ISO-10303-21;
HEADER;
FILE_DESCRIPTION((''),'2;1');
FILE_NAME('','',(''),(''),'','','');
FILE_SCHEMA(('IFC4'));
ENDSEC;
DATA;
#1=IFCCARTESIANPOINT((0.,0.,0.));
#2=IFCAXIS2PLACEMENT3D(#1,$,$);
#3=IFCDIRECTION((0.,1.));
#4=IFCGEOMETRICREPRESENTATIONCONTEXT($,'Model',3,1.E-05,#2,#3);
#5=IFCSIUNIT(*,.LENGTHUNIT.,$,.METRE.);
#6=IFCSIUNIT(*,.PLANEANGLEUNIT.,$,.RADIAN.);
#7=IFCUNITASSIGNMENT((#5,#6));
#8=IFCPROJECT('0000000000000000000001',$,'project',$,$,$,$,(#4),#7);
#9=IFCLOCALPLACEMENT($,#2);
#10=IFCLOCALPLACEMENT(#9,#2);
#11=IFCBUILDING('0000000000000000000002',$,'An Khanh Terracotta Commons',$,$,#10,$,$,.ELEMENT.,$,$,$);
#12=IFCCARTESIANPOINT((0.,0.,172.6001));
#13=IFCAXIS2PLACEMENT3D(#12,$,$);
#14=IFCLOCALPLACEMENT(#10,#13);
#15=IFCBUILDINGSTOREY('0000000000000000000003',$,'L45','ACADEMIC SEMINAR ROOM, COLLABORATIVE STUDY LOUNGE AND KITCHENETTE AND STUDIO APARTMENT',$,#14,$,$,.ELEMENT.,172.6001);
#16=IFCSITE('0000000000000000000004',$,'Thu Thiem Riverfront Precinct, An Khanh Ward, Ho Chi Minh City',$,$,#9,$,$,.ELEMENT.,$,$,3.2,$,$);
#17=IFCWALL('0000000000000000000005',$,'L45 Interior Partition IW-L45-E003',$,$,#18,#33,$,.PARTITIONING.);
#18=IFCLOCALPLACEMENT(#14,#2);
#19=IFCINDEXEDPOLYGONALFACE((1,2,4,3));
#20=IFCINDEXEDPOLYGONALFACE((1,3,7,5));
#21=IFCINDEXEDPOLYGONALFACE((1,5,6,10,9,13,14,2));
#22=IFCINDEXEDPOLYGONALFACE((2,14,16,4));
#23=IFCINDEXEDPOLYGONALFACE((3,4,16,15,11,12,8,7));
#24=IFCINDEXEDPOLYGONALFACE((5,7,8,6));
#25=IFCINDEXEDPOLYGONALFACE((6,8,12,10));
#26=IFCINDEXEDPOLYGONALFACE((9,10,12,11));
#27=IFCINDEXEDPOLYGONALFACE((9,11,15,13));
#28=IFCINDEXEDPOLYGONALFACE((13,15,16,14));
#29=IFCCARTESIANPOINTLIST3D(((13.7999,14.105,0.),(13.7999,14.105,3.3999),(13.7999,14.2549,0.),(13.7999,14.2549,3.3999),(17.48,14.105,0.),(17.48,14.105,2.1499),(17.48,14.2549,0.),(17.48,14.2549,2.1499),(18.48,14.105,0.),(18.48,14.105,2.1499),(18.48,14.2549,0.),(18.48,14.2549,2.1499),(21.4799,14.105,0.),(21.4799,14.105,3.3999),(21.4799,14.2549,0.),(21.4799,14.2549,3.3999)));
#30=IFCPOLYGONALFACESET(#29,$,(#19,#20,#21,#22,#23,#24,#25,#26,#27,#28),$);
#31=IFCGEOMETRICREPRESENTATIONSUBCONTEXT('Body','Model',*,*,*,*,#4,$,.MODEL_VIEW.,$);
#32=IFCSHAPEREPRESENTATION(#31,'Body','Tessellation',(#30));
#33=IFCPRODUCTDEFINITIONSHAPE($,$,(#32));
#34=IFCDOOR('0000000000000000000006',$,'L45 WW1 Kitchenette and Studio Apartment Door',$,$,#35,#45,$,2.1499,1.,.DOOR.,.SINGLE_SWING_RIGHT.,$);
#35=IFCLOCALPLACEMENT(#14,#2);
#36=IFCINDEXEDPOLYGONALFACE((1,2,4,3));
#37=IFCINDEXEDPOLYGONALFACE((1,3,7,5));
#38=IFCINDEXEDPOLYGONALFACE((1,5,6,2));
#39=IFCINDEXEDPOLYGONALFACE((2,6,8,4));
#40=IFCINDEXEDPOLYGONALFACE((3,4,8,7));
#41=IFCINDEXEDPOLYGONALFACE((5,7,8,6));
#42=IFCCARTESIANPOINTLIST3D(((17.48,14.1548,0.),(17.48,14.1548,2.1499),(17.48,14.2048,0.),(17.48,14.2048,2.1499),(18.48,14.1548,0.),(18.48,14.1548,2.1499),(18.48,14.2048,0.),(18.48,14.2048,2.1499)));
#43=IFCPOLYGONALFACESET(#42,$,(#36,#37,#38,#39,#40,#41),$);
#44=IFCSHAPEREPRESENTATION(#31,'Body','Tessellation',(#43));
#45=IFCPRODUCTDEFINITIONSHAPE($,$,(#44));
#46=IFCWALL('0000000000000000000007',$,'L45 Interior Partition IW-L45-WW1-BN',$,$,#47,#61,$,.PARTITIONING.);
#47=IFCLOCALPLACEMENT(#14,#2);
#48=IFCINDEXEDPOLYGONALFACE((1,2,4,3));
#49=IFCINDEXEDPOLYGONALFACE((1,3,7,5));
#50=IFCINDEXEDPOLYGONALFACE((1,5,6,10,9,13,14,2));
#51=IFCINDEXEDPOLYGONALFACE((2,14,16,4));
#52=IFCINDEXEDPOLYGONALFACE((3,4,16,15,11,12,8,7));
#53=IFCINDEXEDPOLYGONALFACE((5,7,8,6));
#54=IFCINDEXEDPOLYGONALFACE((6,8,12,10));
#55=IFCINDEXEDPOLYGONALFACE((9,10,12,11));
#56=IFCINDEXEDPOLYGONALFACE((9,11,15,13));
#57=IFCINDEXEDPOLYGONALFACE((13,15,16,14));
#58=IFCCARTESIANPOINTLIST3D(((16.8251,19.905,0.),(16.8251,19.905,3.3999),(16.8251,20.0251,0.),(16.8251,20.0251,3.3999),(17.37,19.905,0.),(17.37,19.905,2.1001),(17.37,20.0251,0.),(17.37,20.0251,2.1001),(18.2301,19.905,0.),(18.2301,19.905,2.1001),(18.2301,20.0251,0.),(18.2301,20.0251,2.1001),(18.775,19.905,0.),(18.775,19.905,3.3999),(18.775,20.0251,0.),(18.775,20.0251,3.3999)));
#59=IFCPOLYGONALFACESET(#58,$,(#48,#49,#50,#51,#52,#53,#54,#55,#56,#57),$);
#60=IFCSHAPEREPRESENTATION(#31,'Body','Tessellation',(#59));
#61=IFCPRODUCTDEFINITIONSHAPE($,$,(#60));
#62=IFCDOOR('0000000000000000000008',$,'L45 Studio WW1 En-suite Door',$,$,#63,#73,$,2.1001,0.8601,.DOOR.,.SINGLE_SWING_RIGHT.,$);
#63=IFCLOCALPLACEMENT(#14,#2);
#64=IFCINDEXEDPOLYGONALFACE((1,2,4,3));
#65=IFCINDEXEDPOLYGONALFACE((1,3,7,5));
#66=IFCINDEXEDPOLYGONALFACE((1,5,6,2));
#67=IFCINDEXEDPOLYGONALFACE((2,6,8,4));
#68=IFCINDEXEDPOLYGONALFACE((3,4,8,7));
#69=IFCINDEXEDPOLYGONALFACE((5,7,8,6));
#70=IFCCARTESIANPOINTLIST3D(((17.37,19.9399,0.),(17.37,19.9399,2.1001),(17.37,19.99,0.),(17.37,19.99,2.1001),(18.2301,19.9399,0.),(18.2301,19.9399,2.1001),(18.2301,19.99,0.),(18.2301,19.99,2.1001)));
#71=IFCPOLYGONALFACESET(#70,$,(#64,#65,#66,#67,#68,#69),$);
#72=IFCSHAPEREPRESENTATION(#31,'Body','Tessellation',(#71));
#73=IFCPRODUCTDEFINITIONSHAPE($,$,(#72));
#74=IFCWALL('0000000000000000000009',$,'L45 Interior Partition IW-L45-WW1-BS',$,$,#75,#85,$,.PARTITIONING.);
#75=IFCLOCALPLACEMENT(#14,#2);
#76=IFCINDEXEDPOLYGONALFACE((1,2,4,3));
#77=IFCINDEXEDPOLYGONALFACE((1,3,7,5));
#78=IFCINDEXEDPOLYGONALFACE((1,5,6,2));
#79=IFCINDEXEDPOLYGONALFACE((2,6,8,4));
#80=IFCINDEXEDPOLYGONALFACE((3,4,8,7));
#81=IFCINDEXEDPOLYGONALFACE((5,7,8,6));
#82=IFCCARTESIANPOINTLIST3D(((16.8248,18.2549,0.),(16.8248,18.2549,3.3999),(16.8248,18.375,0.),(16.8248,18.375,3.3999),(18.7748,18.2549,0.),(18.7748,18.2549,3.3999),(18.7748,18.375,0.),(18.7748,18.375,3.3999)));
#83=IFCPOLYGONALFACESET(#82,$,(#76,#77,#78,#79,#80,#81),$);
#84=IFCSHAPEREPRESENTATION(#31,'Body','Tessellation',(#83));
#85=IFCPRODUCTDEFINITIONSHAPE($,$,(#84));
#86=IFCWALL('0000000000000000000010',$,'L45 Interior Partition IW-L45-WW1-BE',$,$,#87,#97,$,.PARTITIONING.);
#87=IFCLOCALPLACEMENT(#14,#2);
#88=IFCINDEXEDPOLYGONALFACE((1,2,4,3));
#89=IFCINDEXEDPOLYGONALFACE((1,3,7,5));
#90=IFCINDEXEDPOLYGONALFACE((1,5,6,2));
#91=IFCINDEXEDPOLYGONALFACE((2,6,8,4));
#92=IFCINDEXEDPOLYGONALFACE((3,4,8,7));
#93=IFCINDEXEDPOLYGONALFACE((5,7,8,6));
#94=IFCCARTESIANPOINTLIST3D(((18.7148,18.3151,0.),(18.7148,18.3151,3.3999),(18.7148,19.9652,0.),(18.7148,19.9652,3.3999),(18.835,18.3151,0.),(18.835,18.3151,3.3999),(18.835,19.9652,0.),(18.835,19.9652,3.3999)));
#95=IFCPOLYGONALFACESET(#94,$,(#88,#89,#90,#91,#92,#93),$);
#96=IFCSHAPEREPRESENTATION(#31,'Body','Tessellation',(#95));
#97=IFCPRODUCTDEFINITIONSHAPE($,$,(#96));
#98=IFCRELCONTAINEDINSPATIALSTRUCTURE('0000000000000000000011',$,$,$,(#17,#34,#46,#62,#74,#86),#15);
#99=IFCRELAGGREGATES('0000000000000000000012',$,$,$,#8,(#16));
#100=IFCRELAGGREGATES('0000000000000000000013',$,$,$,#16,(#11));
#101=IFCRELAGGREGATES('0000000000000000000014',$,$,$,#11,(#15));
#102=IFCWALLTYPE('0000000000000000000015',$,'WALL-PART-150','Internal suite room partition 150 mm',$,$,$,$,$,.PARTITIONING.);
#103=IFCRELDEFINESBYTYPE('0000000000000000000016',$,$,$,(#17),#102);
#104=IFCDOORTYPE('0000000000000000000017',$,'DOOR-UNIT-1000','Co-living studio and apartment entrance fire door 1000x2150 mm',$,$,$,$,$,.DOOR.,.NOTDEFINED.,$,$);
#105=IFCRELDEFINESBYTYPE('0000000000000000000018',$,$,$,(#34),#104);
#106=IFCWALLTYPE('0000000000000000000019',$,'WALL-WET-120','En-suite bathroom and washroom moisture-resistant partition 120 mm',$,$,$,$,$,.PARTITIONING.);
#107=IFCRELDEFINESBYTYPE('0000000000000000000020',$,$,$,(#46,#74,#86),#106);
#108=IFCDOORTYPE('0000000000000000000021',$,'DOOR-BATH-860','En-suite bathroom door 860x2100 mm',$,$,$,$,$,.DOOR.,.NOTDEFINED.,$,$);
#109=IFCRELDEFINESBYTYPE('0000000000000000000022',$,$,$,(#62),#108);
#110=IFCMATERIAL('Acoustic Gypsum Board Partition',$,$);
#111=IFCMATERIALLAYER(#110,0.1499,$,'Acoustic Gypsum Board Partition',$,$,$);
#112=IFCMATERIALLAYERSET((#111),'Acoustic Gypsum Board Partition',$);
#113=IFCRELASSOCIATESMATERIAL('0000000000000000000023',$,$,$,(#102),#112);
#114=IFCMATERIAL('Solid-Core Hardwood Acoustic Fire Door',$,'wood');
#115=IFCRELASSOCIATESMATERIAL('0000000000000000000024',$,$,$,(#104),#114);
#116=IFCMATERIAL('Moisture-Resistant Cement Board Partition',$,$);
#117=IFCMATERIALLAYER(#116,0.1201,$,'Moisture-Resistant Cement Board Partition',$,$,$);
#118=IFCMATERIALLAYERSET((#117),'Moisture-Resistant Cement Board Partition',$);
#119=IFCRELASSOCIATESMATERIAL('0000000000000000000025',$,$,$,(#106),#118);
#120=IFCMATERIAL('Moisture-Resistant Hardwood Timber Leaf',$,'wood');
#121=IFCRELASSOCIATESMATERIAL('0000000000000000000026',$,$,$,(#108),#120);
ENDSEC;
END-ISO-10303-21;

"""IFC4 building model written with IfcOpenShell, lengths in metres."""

from ifc_helpers import new_model, si_unit, direction, frame, frame_2d, origin, place, context, subcontext, project, spatial, rectangle, extrude, material, layer, layer_set, type_object, element, fill, save


model = new_model("IFC4")

# Units and contexts
model_context = context("Model", 3, precision=1e-05, world=origin(), true_north=direction((0.0, 1.0)))
body_context = subcontext(model_context, "Body", "Model", "MODEL_VIEW")
ifc_project = project(units=[si_unit("LENGTHUNIT", "METRE"), si_unit("PLANEANGLEUNIT", "RADIAN")], contexts=[model_context])

# Site, building, storey
site_placement = place(None, origin())
site = spatial("IfcSite", under=ifc_project, at=site_placement, Name="Thu Thiem Riverfront Precinct, An Khanh Ward, Ho Chi Minh City", CompositionType="ELEMENT", RefElevation=3.2)
building_placement = place(site_placement, origin())
building = spatial("IfcBuilding", under=site, at=building_placement, Name="An Khanh Terracotta Commons", CompositionType="ELEMENT")
storey_placement = place(building_placement, frame((0.0, 0.0, 172.6001)))
storey = spatial("IfcBuildingStorey", under=building, at=storey_placement, Name="L45", Description="ACADEMIC SEMINAR ROOM, COLLABORATIVE STUDY LOUNGE AND KITCHENETTE AND STUDIO APARTMENT", CompositionType="ELEMENT", Elevation=172.6001)

# Walls, openings, doors
ifc_material_1 = material(Name="Acoustic Gypsum Board Partition")
ifc_layer_1 = layer(ifc_material_1, 0.1499, Name="Acoustic Gypsum Board Partition")
ifc_layer_set_1 = layer_set([ifc_layer_1], Name="Acoustic Gypsum Board Partition")
wall_type_1 = type_object("IfcWallType", Name="WALL-PART-150", Description="Internal suite room partition 150 mm", PredefinedType="PARTITIONING", material=ifc_layer_set_1)
wall_1_placement = place(storey_placement, frame((13.8, 14.1799, 0.0), z_axis=(0.0, 0.0, 1.0), x_axis=(1.0, 0.0, 0.0)))
wall_1 = element("IfcWall", 1, at=wall_1_placement, inside=storey, type_object=wall_type_1, Name="L45 Interior Partition IW-L45-E003", PredefinedType="PARTITIONING", context=body_context, shape_type="SweptSolid", body=[
    extrude(rectangle(XDim=7.6799, YDim=0.1499, at=frame_2d((3.8398, 0.0))), origin(), (0.0, 0.0, 1.0), 3.3999),
])
opening_1_placement = place(wall_1_placement, frame((3.6799, 0.0, 0.0)))
opening_1 = element("IfcOpeningElement", 2, at=opening_1_placement, cuts=wall_1, PredefinedType="OPENING", context=body_context, shape_type="SweptSolid", body=[
    extrude(rectangle(XDim=1.0, YDim=2.1499, at=frame_2d((0.5, 1.075))), frame((0.0, 0.085, 0.0), z_axis=(0.0, -1.0, 0.0), x_axis=(1.0, 0.0, 0.0)), (0.0, 0.0, 1.0), 0.1699),
])
ifc_material_2 = material(Name="Solid-Core Hardwood Acoustic Fire Door", Category="wood")
door_type_1 = type_object("IfcDoorType", Name="DOOR-UNIT-1000", Description="Co-living studio and apartment entrance fire door 1000x2150 mm", OperationType="NOTDEFINED", PredefinedType="DOOR", material=ifc_material_2)
door_1_placement = place(opening_1_placement, origin())
door_1 = element("IfcDoor", 3, at=door_1_placement, inside=storey, type_object=door_type_1, Name="L45 WW1 Kitchenette and Studio Apartment Door", OperationType="SINGLE_SWING_RIGHT", OverallHeight=2.1499, OverallWidth=1.0, PredefinedType="DOOR", context=body_context, shape_type="SweptSolid", body=[
    extrude(rectangle(XDim=1.0, YDim=2.1499, at=frame_2d((0.5, 1.075))), frame((0.0, 0.0249, 0.0), z_axis=(0.0, -1.0, 0.0), x_axis=(1.0, 0.0, 0.0)), (0.0, 0.0, 1.0), 0.05),
])
fill(opening_1, door_1)
ifc_material_3 = material(Name="Moisture-Resistant Cement Board Partition")
ifc_layer_2 = layer(ifc_material_3, 0.1201, Name="Moisture-Resistant Cement Board Partition")
ifc_layer_set_2 = layer_set([ifc_layer_2], Name="Moisture-Resistant Cement Board Partition")
wall_type_2 = type_object("IfcWallType", Name="WALL-WET-120", Description="En-suite bathroom and washroom moisture-resistant partition 120 mm", PredefinedType="PARTITIONING", material=ifc_layer_set_2)
wall_2_placement = place(storey_placement, frame((16.825, 19.9651, 0.0), z_axis=(0.0, 0.0, 1.0), x_axis=(1.0, 0.0, 0.0)))
wall_2 = element("IfcWall", 4, at=wall_2_placement, inside=storey, type_object=wall_type_2, Name="L45 Interior Partition IW-L45-WW1-BN", PredefinedType="PARTITIONING", context=body_context, shape_type="SweptSolid", body=[
    extrude(rectangle(XDim=1.95, YDim=0.1201, at=frame_2d((0.9751, 0.0))), origin(), (0.0, 0.0, 1.0), 3.3999),
])
opening_2_placement = place(wall_2_placement, frame((0.5449, 0.0, 0.0)))
opening_2 = element("IfcOpeningElement", 5, at=opening_2_placement, cuts=wall_2, PredefinedType="OPENING", context=body_context, shape_type="SweptSolid", body=[
    extrude(rectangle(XDim=0.8601, YDim=2.1001, at=frame_2d((0.4302, 1.05))), frame((0.0, 0.0701, 0.0), z_axis=(0.0, -1.0, 0.0), x_axis=(1.0, 0.0, 0.0)), (0.0, 0.0, 1.0), 0.1401),
])
ifc_material_4 = material(Name="Moisture-Resistant Hardwood Timber Leaf", Category="wood")
door_type_2 = type_object("IfcDoorType", Name="DOOR-BATH-860", Description="En-suite bathroom door 860x2100 mm", OperationType="NOTDEFINED", PredefinedType="DOOR", material=ifc_material_4)
door_2_placement = place(opening_2_placement, origin())
door_2 = element("IfcDoor", 6, at=door_2_placement, inside=storey, type_object=door_type_2, Name="L45 Studio WW1 En-suite Door", OperationType="SINGLE_SWING_RIGHT", OverallHeight=2.1001, OverallWidth=0.8601, PredefinedType="DOOR", context=body_context, shape_type="SweptSolid", body=[
    extrude(rectangle(XDim=0.8601, YDim=2.1001, at=frame_2d((0.4302, 1.05))), frame((0.0, 0.0249, 0.0), z_axis=(0.0, -1.0, 0.0), x_axis=(1.0, 0.0, 0.0)), (0.0, 0.0, 1.0), 0.05),
])
fill(opening_2, door_2)

# Walls
wall_3_placement = place(storey_placement, frame((18.7749, 18.3149, 0.0), z_axis=(0.0, 0.0, 1.0), x_axis=(-1.0, 0.0, 0.0)))
element("IfcWall", 7, at=wall_3_placement, inside=storey, type_object=wall_type_2, Name="L45 Interior Partition IW-L45-WW1-BS", PredefinedType="PARTITIONING", context=body_context, shape_type="SweptSolid", body=[
    extrude(rectangle(XDim=1.95, YDim=0.1201, at=frame_2d((0.9751, 0.0))), origin(), (0.0, 0.0, 1.0), 3.3999),
])
wall_4_placement = place(storey_placement, frame((18.7749, 18.3149, 0.0), z_axis=(0.0, 0.0, 1.0), x_axis=(0.0, 1.0, 0.0)))
element("IfcWall", 8, at=wall_4_placement, inside=storey, type_object=wall_type_2, Name="L45 Interior Partition IW-L45-WW1-BE", PredefinedType="PARTITIONING", context=body_context, shape_type="SweptSolid", body=[
    extrude(rectangle(XDim=1.6501, YDim=0.1201, at=frame_2d((0.8252, 0.0))), origin(), (0.0, 0.0, 1.0), 3.3999),
])

save(model, "model.ifc")
